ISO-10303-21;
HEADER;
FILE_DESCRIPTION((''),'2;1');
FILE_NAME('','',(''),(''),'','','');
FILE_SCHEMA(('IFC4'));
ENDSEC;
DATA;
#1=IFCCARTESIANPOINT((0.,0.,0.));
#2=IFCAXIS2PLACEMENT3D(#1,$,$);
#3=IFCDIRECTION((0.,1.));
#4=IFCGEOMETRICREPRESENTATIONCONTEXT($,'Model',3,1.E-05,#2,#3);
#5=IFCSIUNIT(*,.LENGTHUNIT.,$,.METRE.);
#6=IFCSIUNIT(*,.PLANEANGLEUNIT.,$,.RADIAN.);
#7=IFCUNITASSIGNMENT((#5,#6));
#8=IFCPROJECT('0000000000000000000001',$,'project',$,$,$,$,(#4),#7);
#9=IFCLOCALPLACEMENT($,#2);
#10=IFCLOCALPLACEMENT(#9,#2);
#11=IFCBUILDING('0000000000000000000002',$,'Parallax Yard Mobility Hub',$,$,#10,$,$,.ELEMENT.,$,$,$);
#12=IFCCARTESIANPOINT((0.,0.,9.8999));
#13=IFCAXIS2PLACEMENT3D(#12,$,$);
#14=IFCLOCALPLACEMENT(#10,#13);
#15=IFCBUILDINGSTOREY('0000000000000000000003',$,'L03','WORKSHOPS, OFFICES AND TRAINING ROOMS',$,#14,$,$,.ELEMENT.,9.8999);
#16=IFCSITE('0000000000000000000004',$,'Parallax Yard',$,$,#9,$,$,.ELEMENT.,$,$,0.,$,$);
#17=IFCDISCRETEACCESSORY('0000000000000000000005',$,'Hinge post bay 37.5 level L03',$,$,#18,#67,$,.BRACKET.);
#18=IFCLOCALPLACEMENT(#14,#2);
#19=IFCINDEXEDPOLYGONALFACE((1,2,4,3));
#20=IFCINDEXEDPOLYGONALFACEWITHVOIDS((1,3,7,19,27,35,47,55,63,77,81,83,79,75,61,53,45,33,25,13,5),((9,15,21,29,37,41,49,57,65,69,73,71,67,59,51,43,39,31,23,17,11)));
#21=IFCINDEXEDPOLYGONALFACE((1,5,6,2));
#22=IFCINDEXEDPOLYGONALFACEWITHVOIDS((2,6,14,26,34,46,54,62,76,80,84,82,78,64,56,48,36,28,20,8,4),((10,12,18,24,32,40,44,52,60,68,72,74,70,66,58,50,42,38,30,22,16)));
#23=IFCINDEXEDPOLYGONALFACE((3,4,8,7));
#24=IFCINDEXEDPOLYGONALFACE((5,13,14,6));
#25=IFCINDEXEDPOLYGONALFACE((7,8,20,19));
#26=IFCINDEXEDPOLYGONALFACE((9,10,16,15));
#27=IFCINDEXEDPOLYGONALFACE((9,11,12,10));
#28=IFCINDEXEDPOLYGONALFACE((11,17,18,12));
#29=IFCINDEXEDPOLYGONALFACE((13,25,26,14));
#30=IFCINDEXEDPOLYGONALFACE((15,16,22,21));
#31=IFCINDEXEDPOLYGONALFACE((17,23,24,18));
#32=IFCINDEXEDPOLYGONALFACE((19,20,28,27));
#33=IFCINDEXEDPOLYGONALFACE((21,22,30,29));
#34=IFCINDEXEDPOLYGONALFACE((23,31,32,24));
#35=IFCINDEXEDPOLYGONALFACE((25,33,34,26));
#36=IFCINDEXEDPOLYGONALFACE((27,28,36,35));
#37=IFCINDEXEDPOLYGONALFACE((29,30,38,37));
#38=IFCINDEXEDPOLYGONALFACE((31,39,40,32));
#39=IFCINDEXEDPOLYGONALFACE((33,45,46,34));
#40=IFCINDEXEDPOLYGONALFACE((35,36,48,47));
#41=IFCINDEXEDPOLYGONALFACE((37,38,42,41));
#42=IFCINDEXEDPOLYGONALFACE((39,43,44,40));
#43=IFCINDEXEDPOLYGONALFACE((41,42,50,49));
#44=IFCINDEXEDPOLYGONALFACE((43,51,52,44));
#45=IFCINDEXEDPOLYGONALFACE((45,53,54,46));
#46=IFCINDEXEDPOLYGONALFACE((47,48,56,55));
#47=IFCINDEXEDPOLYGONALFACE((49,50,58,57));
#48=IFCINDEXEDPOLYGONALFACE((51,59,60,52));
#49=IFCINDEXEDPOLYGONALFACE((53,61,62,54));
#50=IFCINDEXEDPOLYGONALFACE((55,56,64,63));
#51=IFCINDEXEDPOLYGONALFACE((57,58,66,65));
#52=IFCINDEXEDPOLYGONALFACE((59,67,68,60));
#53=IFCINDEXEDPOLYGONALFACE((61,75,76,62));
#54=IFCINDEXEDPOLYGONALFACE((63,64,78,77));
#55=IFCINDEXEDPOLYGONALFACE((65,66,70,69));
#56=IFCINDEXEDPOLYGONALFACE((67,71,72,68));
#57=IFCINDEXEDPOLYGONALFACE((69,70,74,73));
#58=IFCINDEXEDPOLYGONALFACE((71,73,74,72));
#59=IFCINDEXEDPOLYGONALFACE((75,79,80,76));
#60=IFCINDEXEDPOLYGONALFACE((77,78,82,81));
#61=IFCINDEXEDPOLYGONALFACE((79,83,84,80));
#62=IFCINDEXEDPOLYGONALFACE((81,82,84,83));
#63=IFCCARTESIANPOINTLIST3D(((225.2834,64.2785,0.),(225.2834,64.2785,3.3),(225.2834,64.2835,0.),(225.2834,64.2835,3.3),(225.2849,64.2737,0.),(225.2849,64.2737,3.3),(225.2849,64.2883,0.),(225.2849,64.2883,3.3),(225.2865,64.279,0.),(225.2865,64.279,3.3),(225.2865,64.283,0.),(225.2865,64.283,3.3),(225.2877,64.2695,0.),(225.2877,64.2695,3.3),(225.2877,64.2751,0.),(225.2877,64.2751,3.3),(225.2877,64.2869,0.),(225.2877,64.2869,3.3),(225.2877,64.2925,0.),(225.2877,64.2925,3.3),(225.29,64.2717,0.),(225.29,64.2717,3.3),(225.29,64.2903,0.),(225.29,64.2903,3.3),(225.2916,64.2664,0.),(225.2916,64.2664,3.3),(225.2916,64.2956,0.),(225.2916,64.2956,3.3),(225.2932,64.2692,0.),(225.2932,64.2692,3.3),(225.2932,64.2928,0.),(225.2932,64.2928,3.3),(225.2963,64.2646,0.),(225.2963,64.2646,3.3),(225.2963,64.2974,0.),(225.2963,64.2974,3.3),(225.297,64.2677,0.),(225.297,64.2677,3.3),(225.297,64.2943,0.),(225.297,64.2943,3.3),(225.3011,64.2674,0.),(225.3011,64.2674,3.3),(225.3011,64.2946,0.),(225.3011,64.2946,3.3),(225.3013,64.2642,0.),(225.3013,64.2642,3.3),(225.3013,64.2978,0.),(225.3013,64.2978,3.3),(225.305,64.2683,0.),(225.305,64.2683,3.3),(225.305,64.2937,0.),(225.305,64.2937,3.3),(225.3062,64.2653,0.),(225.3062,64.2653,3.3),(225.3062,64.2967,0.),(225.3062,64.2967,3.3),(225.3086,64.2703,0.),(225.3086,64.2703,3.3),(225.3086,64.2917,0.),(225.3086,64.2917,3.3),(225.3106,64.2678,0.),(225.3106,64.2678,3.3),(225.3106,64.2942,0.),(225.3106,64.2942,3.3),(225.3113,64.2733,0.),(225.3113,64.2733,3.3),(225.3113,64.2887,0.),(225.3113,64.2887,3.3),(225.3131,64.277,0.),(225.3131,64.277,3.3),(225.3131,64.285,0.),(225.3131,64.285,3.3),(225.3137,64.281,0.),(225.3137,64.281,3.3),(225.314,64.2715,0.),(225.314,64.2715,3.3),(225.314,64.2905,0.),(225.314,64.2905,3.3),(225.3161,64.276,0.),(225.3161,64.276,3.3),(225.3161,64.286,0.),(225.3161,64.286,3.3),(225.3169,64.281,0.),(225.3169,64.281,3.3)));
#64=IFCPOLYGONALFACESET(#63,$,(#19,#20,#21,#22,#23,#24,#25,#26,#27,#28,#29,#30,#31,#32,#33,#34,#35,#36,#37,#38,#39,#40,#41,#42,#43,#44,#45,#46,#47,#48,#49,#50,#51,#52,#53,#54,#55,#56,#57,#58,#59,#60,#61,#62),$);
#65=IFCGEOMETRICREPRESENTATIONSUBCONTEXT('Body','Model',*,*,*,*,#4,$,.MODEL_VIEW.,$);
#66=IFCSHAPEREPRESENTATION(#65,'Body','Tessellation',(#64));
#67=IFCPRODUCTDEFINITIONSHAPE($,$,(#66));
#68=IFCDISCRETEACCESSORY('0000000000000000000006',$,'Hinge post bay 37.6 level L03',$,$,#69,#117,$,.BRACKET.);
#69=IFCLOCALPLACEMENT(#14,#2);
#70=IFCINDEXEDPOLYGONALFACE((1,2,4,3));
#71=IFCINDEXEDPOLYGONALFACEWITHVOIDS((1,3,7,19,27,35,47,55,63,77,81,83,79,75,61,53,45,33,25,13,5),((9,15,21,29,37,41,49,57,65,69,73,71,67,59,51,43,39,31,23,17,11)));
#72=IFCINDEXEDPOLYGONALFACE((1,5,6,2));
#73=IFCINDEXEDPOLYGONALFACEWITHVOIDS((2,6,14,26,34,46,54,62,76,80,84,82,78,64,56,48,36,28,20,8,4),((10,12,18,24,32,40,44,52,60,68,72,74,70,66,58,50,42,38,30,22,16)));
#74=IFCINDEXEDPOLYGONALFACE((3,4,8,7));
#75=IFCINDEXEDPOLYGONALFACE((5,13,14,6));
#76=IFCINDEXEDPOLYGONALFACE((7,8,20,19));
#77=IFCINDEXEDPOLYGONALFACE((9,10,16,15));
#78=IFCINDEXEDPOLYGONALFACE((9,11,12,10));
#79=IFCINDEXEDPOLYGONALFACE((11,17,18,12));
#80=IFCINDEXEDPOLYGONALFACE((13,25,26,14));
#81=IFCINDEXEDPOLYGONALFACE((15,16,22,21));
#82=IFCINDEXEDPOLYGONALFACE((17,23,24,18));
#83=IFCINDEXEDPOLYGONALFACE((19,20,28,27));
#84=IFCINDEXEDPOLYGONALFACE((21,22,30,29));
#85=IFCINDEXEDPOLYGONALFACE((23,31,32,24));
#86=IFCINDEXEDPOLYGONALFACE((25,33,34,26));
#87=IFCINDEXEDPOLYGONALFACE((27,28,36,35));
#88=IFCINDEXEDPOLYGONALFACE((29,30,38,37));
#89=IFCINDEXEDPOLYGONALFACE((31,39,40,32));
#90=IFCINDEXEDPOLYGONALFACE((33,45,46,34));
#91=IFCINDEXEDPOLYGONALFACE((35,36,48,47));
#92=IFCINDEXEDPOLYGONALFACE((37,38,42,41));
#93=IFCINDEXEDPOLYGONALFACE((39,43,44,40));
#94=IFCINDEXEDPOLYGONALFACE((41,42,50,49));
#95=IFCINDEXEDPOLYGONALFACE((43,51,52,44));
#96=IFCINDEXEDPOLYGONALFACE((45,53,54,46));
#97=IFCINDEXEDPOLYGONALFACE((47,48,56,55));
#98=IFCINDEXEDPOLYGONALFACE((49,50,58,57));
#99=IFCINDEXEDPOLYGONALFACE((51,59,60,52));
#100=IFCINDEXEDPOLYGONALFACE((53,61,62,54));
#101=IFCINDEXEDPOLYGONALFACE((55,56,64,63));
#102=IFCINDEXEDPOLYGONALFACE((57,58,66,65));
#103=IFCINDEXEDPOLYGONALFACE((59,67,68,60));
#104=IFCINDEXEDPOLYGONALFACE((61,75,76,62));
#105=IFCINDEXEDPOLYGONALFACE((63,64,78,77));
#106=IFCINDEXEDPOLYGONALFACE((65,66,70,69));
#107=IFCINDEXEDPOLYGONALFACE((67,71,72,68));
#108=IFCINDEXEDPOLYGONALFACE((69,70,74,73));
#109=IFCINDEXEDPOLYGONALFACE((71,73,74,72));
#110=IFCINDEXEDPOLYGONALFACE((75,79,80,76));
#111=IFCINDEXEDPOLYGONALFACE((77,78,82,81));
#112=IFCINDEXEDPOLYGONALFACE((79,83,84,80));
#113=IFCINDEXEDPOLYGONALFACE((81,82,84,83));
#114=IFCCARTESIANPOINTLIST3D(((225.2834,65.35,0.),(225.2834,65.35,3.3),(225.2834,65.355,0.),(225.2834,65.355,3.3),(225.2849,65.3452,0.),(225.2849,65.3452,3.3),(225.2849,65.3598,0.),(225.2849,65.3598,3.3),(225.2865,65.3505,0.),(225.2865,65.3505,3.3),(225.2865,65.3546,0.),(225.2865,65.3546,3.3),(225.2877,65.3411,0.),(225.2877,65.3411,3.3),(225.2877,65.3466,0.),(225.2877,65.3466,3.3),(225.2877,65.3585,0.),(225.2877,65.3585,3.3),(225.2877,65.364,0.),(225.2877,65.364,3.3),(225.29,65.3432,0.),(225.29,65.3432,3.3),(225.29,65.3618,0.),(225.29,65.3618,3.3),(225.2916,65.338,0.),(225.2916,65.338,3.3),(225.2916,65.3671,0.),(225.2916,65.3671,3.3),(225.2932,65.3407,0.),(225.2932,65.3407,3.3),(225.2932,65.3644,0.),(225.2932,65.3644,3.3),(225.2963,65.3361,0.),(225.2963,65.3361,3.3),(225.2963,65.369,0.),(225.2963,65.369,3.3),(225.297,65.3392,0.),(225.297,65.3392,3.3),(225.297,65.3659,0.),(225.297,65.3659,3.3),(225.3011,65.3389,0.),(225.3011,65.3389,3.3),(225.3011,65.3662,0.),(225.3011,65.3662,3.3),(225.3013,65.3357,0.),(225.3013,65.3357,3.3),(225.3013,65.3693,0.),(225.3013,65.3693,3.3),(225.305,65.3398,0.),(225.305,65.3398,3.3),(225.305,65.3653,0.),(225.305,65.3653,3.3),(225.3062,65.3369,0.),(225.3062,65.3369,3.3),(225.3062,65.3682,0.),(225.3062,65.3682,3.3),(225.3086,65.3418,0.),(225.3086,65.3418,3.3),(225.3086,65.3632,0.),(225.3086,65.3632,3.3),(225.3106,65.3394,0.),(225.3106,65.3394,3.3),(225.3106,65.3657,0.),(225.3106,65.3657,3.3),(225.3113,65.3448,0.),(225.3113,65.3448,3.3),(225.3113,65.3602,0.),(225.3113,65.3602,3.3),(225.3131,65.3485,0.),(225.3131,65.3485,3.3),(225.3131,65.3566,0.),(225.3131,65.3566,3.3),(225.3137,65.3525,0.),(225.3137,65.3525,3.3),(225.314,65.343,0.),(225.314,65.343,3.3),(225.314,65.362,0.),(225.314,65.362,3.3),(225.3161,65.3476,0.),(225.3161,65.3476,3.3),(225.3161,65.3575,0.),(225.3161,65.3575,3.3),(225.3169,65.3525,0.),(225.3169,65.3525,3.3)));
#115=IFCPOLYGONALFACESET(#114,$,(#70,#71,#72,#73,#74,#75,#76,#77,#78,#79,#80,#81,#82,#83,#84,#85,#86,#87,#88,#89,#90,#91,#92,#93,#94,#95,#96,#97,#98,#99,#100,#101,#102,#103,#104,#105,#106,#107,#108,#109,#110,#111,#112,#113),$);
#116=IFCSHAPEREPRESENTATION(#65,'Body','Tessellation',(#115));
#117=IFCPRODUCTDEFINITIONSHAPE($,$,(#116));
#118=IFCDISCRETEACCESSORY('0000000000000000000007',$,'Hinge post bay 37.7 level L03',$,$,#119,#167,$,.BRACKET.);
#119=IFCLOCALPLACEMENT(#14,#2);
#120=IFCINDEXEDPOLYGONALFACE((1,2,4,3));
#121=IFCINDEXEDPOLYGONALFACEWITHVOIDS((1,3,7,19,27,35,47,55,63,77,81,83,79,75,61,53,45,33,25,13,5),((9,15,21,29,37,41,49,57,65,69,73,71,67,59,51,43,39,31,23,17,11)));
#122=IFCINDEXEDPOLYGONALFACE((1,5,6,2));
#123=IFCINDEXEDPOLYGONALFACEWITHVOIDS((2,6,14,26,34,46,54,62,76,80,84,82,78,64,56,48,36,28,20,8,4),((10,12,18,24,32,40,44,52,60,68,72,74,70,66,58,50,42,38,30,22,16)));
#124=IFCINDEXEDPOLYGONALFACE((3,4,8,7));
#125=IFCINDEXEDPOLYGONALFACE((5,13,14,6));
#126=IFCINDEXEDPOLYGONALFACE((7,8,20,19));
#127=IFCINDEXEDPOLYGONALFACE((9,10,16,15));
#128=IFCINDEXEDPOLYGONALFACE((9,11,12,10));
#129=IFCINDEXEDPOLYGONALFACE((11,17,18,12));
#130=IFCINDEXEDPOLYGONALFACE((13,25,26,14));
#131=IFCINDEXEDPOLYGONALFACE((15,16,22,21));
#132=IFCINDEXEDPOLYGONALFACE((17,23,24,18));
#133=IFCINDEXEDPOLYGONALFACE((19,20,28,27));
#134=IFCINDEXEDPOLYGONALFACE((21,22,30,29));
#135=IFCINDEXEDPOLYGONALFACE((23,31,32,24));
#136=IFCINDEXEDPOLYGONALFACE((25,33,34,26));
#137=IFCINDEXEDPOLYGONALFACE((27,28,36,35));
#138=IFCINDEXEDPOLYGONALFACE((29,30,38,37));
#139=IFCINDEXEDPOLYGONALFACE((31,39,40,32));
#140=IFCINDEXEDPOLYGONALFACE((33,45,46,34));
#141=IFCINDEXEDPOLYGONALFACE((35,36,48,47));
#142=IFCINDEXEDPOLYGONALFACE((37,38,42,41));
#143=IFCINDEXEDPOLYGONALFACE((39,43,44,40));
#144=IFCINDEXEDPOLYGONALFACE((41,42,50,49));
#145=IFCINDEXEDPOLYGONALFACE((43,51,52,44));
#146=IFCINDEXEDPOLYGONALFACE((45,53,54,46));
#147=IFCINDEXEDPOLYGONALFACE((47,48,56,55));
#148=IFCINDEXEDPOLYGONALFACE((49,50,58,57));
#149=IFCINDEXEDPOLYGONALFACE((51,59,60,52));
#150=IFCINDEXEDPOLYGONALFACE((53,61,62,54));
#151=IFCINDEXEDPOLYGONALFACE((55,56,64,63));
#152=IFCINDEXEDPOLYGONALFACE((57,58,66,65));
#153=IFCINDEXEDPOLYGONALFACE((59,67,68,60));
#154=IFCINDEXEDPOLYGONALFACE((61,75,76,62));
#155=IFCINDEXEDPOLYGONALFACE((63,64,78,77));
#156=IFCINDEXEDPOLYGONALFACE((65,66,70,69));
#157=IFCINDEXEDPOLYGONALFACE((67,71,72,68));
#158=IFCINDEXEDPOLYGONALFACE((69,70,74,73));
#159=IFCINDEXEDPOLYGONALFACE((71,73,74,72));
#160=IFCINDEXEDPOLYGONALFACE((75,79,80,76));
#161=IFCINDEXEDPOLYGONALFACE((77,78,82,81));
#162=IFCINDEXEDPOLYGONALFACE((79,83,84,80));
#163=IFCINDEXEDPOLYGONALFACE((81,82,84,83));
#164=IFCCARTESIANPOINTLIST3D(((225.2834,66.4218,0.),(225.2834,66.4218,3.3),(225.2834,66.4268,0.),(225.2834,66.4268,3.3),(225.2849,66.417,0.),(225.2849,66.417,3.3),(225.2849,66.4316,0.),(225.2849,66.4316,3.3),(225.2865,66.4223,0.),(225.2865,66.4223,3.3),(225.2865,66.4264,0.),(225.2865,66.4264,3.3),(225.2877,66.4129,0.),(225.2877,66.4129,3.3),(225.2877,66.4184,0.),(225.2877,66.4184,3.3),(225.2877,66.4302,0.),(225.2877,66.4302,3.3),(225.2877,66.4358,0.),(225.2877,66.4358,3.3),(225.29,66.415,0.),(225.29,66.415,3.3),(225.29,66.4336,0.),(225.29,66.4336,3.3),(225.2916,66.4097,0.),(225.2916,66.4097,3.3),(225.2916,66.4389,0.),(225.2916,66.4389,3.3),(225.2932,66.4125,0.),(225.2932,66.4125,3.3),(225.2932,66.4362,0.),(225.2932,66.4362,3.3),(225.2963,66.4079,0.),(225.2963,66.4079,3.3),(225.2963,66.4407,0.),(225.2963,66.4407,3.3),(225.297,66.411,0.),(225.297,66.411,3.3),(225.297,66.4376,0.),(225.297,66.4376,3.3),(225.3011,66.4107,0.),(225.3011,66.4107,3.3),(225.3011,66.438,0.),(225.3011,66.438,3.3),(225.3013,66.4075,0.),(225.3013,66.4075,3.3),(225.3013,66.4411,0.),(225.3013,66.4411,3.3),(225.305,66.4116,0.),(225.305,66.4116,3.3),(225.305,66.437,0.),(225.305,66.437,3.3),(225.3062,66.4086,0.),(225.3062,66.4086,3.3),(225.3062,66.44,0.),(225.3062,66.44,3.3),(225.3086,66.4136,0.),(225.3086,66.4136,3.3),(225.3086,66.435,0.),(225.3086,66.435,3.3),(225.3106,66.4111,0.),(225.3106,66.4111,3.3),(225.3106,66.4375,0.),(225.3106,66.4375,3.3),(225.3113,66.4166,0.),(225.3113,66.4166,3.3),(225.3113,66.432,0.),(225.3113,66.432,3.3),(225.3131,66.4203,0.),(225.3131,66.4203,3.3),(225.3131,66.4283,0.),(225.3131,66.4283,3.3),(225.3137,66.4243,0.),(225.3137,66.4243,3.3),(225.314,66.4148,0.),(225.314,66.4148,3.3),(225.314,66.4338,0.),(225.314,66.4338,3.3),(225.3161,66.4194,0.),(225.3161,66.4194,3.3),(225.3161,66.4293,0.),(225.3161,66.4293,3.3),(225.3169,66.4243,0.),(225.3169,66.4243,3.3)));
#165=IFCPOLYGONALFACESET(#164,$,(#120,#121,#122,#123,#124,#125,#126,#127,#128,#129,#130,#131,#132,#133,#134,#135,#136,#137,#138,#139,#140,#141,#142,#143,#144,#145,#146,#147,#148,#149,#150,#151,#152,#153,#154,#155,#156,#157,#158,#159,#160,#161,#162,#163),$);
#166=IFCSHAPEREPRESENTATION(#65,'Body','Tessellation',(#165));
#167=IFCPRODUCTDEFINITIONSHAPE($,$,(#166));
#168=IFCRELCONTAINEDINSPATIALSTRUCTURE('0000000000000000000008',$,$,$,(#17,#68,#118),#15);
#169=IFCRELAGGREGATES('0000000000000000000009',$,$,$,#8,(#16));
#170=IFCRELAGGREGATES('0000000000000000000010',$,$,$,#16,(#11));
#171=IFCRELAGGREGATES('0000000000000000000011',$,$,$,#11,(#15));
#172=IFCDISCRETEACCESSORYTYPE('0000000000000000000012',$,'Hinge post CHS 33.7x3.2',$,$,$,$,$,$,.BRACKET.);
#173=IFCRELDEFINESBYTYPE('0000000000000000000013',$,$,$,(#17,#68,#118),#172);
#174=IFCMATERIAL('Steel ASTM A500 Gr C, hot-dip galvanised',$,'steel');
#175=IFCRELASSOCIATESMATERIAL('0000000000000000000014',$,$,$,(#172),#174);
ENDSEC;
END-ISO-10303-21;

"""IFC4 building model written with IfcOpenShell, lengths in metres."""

from ifc_helpers import new_model, si_unit, direction, frame, origin, origin_2d, place, context, subcontext, project, spatial, hollow_circle, extrude, material, material_profile, profile_set, type_object, element, save


model = new_model("IFC4")

# Units and contexts
model_context = context("Model", 3, precision=1e-05, world=origin(), true_north=direction((0.0, 1.0)))
body_context = subcontext(model_context, "Body", "Model", "MODEL_VIEW")
ifc_project = project(units=[si_unit("LENGTHUNIT", "METRE"), si_unit("PLANEANGLEUNIT", "RADIAN")], contexts=[model_context])

# Site, building, storey
site_placement = place(None, origin())
site = spatial("IfcSite", under=ifc_project, at=site_placement, Name="Parallax Yard", CompositionType="ELEMENT", RefElevation=0.0)
building_placement = place(site_placement, origin())
building = spatial("IfcBuilding", under=site, at=building_placement, Name="Parallax Yard Mobility Hub", CompositionType="ELEMENT")
storey_placement = place(building_placement, frame((0.0, 0.0, 9.8999)))
storey = spatial("IfcBuildingStorey", under=building, at=storey_placement, Name="L03", Description="WORKSHOPS, OFFICES AND TRAINING ROOMS", CompositionType="ELEMENT", Elevation=9.8999)

# Discrete accessories
ifc_material_1 = material(Name="Steel ASTM A500 Gr C, hot-dip galvanised", Category="steel")
ifc_material_profile_1 = material_profile(ifc_material_1, hollow_circle(Radius=0.0168, WallThickness=0.0032, at=origin_2d()), Name="CHS 33.7x3.2")
ifc_profile_set_1 = profile_set([ifc_material_profile_1], Name="Steel ASTM A500 Gr C, hot-dip galvanised")
discrete_accessory_type_1 = type_object("IfcDiscreteAccessoryType", Name="Hinge post CHS 33.7x3.2", PredefinedType="BRACKET", material=ifc_profile_set_1)
for number, where, z_axis, x_axis, name in (
    (1, (225.3, 64.281, 0.0), (0.0, 0.0, 1.0), (1.0, 0.0, 0.0), "Hinge post bay 37.5 level L03"),
    (2, (225.3, 65.3525, 0.0), (0.0, 0.0, 1.0), (1.0, 0.0, 0.0), "Hinge post bay 37.6 level L03"),
    (3, (225.3, 66.4243, 0.0), (0.0, 0.0, 1.0), (1.0, 0.0, 0.0), "Hinge post bay 37.7 level L03"),
):
    element("IfcDiscreteAccessory", number, at=place(storey_placement, frame(where, z_axis=z_axis, x_axis=x_axis)), inside=storey, type_object=discrete_accessory_type_1, Name=name, PredefinedType="BRACKET", context=body_context, shape_type="SweptSolid", body=[
        extrude(hollow_circle(Radius=0.0168, WallThickness=0.0032, at=origin_2d()), origin(), (0.0, 0.0, 1.0), 3.3),
    ])

save(model, "model.ifc")
